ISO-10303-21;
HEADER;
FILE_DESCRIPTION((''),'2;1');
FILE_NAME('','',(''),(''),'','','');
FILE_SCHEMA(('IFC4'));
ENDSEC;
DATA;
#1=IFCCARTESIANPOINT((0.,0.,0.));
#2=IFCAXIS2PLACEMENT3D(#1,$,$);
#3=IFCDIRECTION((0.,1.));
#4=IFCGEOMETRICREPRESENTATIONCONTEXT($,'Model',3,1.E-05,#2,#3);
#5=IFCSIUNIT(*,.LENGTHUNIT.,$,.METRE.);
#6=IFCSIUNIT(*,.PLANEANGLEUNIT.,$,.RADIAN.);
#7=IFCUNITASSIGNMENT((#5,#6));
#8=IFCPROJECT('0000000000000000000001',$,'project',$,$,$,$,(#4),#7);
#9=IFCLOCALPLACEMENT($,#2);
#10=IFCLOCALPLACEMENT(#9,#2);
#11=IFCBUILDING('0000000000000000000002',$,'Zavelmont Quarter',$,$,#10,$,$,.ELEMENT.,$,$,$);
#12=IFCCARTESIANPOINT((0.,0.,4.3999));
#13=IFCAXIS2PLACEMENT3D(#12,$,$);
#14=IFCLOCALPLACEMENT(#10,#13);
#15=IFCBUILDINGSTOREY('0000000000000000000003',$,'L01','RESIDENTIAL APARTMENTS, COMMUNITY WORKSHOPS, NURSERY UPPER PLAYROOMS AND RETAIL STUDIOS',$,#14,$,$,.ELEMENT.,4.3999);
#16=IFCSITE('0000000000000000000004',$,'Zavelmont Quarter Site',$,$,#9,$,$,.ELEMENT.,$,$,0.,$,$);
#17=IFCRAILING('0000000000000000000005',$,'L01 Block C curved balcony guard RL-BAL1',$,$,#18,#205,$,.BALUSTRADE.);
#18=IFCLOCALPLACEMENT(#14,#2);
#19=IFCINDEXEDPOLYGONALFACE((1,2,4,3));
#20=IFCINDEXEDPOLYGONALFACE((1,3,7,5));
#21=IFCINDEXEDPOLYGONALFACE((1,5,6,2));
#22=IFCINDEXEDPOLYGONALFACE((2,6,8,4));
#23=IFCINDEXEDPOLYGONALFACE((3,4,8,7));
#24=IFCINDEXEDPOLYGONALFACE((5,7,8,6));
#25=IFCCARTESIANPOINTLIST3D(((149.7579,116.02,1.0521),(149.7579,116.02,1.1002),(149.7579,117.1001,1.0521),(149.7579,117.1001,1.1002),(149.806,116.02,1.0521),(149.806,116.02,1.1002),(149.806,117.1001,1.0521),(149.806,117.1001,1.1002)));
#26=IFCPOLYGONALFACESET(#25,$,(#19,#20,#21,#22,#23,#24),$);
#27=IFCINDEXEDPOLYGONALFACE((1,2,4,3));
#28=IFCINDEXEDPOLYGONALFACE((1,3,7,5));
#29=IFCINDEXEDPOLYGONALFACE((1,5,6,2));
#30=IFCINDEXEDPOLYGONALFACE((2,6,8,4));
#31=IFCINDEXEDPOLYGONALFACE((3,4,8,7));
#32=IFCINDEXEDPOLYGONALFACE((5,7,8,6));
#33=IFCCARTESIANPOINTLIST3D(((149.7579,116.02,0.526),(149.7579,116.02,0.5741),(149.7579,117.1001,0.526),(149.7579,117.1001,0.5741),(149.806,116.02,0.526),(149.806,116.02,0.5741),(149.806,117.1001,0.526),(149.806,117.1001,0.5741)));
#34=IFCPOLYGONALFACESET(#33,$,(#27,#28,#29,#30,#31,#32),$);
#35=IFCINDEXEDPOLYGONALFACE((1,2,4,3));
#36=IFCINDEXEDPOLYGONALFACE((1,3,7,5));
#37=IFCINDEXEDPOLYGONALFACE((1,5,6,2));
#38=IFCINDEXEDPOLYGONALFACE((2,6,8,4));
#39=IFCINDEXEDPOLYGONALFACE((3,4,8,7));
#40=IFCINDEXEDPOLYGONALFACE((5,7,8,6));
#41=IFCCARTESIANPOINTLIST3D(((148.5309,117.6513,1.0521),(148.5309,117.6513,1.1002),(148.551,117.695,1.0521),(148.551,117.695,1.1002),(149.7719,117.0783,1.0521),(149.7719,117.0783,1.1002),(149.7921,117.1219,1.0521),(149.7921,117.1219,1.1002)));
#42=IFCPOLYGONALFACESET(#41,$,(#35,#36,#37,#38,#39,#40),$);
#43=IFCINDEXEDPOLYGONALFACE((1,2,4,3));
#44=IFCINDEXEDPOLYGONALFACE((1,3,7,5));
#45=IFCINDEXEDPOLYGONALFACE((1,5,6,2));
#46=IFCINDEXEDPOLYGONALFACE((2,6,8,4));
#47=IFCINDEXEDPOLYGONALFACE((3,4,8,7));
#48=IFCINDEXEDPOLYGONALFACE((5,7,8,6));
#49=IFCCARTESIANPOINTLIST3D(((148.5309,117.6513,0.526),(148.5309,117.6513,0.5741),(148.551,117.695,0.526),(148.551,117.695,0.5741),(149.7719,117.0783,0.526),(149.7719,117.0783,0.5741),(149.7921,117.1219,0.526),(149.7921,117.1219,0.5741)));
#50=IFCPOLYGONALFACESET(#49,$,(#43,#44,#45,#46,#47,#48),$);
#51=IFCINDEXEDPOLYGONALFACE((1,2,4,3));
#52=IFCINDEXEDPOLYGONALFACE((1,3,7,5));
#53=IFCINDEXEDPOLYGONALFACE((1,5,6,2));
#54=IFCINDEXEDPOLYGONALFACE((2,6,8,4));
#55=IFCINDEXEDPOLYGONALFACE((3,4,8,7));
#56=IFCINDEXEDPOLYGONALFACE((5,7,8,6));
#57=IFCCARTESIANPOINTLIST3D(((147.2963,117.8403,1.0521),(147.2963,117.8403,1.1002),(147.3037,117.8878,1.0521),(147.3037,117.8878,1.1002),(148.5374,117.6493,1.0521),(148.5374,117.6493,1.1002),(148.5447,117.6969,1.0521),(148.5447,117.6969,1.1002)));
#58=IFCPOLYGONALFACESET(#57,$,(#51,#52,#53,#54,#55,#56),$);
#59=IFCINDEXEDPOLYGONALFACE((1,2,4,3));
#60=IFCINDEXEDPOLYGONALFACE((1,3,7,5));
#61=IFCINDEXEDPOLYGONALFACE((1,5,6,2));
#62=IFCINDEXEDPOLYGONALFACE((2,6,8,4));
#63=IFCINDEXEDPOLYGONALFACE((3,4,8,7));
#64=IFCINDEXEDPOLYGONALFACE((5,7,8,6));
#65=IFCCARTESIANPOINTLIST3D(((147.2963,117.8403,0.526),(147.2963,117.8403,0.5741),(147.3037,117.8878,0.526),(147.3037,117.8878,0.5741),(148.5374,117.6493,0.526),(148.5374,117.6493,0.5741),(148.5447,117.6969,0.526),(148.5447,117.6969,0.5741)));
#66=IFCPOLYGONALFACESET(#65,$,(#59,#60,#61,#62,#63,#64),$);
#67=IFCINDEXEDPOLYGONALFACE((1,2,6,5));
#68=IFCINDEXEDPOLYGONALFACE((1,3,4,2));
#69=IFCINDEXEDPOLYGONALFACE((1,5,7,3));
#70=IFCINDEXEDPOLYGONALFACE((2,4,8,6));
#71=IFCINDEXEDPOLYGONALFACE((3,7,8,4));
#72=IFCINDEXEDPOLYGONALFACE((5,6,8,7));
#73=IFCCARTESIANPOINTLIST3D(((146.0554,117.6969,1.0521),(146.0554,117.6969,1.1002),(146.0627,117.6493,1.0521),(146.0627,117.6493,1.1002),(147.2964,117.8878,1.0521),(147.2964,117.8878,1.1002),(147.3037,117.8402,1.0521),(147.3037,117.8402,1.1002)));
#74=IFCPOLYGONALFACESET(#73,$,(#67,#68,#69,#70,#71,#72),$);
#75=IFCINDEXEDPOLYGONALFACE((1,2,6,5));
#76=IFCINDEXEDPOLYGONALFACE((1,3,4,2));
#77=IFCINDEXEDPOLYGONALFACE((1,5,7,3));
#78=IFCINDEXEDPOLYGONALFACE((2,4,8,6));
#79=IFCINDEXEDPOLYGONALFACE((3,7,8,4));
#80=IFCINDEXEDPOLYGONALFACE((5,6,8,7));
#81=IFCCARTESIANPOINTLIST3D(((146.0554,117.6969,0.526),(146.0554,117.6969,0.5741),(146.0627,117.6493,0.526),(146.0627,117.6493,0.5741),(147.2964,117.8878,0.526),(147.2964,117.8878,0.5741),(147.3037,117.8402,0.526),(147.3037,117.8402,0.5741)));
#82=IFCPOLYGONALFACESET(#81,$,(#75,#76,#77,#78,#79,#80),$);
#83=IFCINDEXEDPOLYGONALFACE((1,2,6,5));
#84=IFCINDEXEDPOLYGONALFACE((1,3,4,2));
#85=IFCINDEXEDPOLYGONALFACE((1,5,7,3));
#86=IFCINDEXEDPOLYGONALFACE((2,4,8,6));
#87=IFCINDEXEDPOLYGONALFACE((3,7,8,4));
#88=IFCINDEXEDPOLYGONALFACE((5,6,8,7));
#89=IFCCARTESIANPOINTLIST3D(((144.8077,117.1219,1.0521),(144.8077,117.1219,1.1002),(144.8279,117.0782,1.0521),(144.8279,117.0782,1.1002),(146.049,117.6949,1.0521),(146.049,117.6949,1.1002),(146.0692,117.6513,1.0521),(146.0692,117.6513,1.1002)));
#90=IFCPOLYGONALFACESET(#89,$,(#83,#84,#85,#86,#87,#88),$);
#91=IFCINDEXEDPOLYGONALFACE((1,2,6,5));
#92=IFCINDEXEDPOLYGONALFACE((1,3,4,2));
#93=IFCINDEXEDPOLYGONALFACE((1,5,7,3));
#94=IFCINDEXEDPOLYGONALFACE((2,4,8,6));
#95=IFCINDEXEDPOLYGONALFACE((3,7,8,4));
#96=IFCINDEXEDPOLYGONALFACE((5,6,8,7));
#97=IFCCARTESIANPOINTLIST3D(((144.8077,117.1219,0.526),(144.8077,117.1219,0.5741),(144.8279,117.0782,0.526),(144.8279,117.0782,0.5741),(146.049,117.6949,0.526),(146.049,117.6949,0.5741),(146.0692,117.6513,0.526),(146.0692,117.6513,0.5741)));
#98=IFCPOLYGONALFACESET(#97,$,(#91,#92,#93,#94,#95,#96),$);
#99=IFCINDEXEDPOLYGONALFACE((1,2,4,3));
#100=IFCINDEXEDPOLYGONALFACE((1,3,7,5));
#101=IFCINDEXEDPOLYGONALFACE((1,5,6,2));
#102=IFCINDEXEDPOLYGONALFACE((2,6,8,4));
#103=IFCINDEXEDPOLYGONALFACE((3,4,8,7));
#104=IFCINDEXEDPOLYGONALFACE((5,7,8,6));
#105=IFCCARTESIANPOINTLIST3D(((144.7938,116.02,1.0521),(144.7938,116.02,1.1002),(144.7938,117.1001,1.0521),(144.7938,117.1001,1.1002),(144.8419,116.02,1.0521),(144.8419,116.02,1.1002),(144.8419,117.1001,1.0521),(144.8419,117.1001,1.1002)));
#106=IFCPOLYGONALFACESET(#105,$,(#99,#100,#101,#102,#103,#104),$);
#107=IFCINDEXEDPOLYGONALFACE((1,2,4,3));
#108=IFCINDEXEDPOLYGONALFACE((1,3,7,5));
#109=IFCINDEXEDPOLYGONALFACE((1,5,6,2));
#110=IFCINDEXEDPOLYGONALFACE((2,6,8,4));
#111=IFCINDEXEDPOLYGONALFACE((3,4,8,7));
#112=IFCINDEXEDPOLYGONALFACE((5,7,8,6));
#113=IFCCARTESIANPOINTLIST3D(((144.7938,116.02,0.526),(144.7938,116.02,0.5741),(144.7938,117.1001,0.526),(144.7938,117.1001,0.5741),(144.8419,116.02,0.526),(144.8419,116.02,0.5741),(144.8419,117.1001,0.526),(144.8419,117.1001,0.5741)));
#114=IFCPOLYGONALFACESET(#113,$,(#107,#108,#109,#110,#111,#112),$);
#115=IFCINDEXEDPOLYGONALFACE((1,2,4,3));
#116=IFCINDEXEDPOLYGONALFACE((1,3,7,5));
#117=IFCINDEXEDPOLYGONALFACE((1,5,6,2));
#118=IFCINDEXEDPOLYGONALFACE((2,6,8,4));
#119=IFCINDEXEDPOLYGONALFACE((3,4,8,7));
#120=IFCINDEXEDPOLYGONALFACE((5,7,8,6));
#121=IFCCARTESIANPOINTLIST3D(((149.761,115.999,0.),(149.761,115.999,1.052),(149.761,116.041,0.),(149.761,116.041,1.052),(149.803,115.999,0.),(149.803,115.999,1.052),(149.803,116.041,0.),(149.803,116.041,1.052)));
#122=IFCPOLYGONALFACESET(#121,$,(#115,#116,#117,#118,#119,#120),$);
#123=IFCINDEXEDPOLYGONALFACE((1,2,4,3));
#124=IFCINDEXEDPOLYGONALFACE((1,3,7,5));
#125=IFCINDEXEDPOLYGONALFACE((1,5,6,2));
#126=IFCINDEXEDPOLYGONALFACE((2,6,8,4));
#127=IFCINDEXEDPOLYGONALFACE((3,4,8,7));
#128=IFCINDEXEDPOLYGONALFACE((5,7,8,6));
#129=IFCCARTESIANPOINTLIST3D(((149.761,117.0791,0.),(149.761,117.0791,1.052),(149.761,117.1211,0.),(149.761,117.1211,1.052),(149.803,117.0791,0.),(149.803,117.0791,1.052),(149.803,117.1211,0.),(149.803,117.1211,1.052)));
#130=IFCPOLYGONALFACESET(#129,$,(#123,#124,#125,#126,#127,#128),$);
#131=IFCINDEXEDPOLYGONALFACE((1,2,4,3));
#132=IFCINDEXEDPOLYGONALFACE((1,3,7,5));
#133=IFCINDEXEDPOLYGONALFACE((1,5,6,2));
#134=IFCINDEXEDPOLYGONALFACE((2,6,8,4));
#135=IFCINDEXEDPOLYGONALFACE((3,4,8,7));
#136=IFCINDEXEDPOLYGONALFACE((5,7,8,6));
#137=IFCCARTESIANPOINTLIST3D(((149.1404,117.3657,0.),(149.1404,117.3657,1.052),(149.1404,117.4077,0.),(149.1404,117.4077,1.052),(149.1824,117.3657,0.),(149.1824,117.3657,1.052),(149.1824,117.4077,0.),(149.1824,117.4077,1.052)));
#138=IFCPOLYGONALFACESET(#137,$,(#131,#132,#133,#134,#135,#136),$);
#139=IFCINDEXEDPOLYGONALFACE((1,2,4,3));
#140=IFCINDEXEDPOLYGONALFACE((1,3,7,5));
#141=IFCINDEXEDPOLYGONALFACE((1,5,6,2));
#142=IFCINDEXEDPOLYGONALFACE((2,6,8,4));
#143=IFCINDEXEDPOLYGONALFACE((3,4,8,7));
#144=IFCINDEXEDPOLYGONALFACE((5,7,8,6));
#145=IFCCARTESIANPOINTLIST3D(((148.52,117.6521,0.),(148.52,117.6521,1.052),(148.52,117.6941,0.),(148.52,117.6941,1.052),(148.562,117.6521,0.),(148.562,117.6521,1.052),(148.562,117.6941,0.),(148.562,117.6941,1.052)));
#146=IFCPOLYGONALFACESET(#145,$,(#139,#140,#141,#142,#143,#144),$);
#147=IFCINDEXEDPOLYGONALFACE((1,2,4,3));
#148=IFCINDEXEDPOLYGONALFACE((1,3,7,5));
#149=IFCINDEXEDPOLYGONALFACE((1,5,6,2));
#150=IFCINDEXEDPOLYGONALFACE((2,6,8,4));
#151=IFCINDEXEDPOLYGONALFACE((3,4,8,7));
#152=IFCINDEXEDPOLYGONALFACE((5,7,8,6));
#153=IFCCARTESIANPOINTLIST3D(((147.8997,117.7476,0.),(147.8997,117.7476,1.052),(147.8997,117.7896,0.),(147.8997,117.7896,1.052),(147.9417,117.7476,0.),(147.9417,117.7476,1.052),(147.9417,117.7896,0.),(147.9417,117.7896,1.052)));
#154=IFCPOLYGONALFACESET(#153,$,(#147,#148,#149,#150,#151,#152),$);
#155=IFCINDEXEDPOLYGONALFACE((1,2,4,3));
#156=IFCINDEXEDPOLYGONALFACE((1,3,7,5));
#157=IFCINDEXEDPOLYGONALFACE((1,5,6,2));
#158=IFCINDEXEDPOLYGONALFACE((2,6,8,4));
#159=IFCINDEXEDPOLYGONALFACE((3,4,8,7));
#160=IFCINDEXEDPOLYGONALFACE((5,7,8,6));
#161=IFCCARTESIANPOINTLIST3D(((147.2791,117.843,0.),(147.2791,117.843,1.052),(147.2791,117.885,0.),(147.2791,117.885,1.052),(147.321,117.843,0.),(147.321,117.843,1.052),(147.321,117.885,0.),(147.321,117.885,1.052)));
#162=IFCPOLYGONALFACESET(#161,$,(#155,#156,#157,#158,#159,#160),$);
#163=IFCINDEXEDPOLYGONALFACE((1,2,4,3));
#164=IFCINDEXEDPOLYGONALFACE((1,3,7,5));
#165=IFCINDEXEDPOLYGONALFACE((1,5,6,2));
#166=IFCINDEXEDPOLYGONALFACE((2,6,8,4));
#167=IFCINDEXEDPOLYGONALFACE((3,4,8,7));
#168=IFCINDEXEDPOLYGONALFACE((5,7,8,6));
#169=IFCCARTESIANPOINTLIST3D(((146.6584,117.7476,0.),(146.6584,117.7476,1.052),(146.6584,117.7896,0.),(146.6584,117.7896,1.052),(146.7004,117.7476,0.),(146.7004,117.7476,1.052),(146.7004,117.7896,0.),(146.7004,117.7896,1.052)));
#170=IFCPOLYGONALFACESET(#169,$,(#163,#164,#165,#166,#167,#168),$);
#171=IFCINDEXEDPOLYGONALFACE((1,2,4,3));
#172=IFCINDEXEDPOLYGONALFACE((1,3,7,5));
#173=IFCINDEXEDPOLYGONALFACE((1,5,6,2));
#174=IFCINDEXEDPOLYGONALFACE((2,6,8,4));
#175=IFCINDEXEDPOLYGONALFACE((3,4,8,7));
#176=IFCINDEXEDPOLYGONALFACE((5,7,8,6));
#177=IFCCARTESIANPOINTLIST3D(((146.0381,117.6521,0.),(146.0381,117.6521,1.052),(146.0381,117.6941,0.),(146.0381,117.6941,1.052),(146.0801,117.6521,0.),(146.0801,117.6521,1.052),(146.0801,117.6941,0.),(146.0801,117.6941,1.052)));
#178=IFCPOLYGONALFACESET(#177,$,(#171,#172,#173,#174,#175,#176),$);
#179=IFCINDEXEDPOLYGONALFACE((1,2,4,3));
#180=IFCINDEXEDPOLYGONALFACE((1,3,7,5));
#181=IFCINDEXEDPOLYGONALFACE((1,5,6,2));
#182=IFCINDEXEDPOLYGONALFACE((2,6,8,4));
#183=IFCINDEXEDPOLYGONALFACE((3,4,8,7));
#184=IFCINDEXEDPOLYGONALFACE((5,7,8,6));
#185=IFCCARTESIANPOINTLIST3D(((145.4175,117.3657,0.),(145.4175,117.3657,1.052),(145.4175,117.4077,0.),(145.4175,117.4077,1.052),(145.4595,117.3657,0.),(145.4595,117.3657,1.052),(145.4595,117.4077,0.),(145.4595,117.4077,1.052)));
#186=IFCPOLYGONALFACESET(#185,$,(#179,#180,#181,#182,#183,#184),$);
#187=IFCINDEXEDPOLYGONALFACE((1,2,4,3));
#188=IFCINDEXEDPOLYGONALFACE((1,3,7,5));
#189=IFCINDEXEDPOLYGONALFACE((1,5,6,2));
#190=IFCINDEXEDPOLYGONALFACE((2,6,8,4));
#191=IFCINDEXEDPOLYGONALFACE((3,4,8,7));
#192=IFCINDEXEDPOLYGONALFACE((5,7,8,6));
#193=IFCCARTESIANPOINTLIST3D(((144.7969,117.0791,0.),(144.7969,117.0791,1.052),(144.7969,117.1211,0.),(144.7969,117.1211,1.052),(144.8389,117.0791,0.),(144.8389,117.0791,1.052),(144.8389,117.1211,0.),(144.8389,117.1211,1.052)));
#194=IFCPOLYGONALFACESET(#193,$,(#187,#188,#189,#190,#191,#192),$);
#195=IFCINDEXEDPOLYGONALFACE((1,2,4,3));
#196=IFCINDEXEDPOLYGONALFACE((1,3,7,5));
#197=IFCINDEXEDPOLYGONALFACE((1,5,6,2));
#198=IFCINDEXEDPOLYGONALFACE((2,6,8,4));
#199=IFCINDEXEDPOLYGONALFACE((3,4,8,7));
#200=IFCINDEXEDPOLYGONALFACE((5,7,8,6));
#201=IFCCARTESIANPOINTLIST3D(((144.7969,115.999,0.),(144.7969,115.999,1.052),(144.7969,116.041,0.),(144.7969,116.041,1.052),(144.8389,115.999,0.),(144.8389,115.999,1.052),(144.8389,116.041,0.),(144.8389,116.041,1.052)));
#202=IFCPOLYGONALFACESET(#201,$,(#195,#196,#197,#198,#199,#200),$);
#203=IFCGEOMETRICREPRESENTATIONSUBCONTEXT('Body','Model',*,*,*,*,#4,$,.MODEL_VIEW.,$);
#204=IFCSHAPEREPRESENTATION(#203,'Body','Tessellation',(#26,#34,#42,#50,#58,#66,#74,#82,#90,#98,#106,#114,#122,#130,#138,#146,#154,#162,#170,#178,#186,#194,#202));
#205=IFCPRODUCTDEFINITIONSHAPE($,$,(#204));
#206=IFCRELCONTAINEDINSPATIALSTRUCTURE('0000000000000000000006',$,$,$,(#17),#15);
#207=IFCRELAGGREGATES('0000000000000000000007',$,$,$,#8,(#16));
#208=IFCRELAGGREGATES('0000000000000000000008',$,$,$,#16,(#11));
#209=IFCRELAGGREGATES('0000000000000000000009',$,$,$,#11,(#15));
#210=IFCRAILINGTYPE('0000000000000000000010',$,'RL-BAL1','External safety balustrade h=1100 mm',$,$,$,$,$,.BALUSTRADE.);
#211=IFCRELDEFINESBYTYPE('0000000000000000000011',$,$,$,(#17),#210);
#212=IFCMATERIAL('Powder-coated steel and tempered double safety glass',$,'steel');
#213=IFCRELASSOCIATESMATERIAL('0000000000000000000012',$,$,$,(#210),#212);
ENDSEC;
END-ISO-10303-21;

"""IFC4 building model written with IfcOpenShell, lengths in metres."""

from ifc_helpers import new_model, si_unit, direction, frame, origin, origin_2d, place, context, subcontext, project, spatial, rectangle, extrude, material, type_object, element, save


model = new_model("IFC4")

# Units and contexts
model_context = context("Model", 3, precision=1e-05, world=origin(), true_north=direction((0.0, 1.0)))
body_context = subcontext(model_context, "Body", "Model", "MODEL_VIEW")
ifc_project = project(units=[si_unit("LENGTHUNIT", "METRE"), si_unit("PLANEANGLEUNIT", "RADIAN")], contexts=[model_context])

# Site, building, storey
site_placement = place(None, origin())
site = spatial("IfcSite", under=ifc_project, at=site_placement, Name="Zavelmont Quarter Site", CompositionType="ELEMENT", RefElevation=0.0)
building_placement = place(site_placement, origin())
building = spatial("IfcBuilding", under=site, at=building_placement, Name="Zavelmont Quarter", CompositionType="ELEMENT")
storey_placement = place(building_placement, frame((0.0, 0.0, 4.3999)))
storey = spatial("IfcBuildingStorey", under=building, at=storey_placement, Name="L01", Description="RESIDENTIAL APARTMENTS, COMMUNITY WORKSHOPS, NURSERY UPPER PLAYROOMS AND RETAIL STUDIOS", CompositionType="ELEMENT", Elevation=4.3999)

# Railing
ifc_material_1 = material(Name="Powder-coated steel and tempered double safety glass", Category="steel")
railing_type = type_object("IfcRailingType", Name="RL-BAL1", Description="External safety balustrade h=1100 mm", PredefinedType="BALUSTRADE", material=ifc_material_1)
railing_placement = place(storey_placement, frame((149.782, 116.02, 0.0)))
element("IfcRailing", 1, at=railing_placement, inside=storey, type_object=railing_type, Name="L01 Block C curved balcony guard RL-BAL1", PredefinedType="BALUSTRADE", context=body_context, shape_type="SweptSolid", body=[
    extrude(rectangle(XDim=0.0481, YDim=0.0481, at=origin_2d()), frame((0.0, 0.0, 1.0762), z_axis=(0.0, 1.0, 0.0), x_axis=(-1.0, 0.0, 0.0)), (0.0, 0.0, 1.0), 1.0801),
    extrude(rectangle(XDim=0.0481, YDim=0.0481, at=origin_2d()), frame((0.0, 0.0, 0.55), z_axis=(0.0, 1.0, 0.0), x_axis=(-1.0, 0.0, 0.0)), (0.0, 0.0, 1.0), 1.0801),
    extrude(rectangle(XDim=0.0481, YDim=0.0481, at=origin_2d()), frame((0.0, 1.0801, 1.0762), z_axis=(-0.907891, 0.419205, 0.0), x_axis=(-0.419205, -0.907891, 0.0)), (0.0, 0.0, 1.0), 1.3669),
    extrude(rectangle(XDim=0.0481, YDim=0.0481, at=origin_2d()), frame((0.0, 1.0801, 0.55), z_axis=(-0.907891, 0.419205, 0.0), x_axis=(-0.419205, -0.907891, 0.0)), (0.0, 0.0, 1.0), 1.3669),
    extrude(rectangle(XDim=0.0481, YDim=0.0481, at=origin_2d()), frame((-1.241, 1.6531, 1.0762), z_axis=(-0.988372, 0.152057, 0.0), x_axis=(-0.152057, -0.988372, 0.0)), (0.0, 0.0, 1.0), 1.2556),
    extrude(rectangle(XDim=0.0481, YDim=0.0481, at=origin_2d()), frame((-1.241, 1.6531, 0.55), z_axis=(-0.988372, 0.152057, 0.0), x_axis=(-0.152057, -0.988372, 0.0)), (0.0, 0.0, 1.0), 1.2556),
    extrude(rectangle(XDim=0.0481, YDim=0.0481, at=origin_2d()), frame((-2.4819, 1.844, 1.0762), z_axis=(-0.988372, -0.152057, 0.0), x_axis=(0.152057, -0.988372, 0.0)), (0.0, 0.0, 1.0), 1.2556),
    extrude(rectangle(XDim=0.0481, YDim=0.0481, at=origin_2d()), frame((-2.4819, 1.844, 0.55), z_axis=(-0.988372, -0.152057, 0.0), x_axis=(0.152057, -0.988372, 0.0)), (0.0, 0.0, 1.0), 1.2556),
    extrude(rectangle(XDim=0.0481, YDim=0.0481, at=origin_2d()), frame((-3.7229, 1.6531, 1.0762), z_axis=(-0.907923, -0.419137, 0.0), x_axis=(0.419137, -0.907923, 0.0)), (0.0, 0.0, 1.0), 1.3672),
    extrude(rectangle(XDim=0.0481, YDim=0.0481, at=origin_2d()), frame((-3.7229, 1.6531, 0.55), z_axis=(-0.907923, -0.419137, 0.0), x_axis=(0.419137, -0.907923, 0.0)), (0.0, 0.0, 1.0), 1.3672),
    extrude(rectangle(XDim=0.0481, YDim=0.0481, at=origin_2d()), frame((-4.9641, 1.0801, 1.0762), z_axis=(0.0, -1.0, 0.0), x_axis=(1.0, 0.0, 0.0)), (0.0, 0.0, 1.0), 1.0801),
    extrude(rectangle(XDim=0.0481, YDim=0.0481, at=origin_2d()), frame((-4.9641, 1.0801, 0.55), z_axis=(0.0, -1.0, 0.0), x_axis=(1.0, 0.0, 0.0)), (0.0, 0.0, 1.0), 1.0801),
    extrude(rectangle(XDim=0.042, YDim=0.042, at=origin_2d()), origin(), (0.0, 0.0, 1.0), 1.052),
    extrude(rectangle(XDim=0.042, YDim=0.042, at=origin_2d()), frame((0.0, 1.0801, 0.0)), (0.0, 0.0, 1.0), 1.052),
    extrude(rectangle(XDim=0.042, YDim=0.042, at=origin_2d()), frame((-0.6206, 1.3667, 0.0)), (0.0, 0.0, 1.0), 1.052),
    extrude(rectangle(XDim=0.042, YDim=0.042, at=origin_2d()), frame((-1.241, 1.6531, 0.0)), (0.0, 0.0, 1.0), 1.052),
    extrude(rectangle(XDim=0.042, YDim=0.042, at=origin_2d()), frame((-1.8613, 1.7485, 0.0)), (0.0, 0.0, 1.0), 1.052),
    extrude(rectangle(XDim=0.042, YDim=0.042, at=origin_2d()), frame((-2.4819, 1.844, 0.0)), (0.0, 0.0, 1.0), 1.052),
    extrude(rectangle(XDim=0.042, YDim=0.042, at=origin_2d()), frame((-3.1025, 1.7485, 0.0)), (0.0, 0.0, 1.0), 1.052),
    extrude(rectangle(XDim=0.042, YDim=0.042, at=origin_2d()), frame((-3.7229, 1.6531, 0.0)), (0.0, 0.0, 1.0), 1.052),
    extrude(rectangle(XDim=0.042, YDim=0.042, at=origin_2d()), frame((-4.3435, 1.3667, 0.0)), (0.0, 0.0, 1.0), 1.052),
    extrude(rectangle(XDim=0.042, YDim=0.042, at=origin_2d()), frame((-4.9641, 1.0801, 0.0)), (0.0, 0.0, 1.0), 1.052),
    extrude(rectangle(XDim=0.042, YDim=0.042, at=origin_2d()), frame((-4.9641, 0.0, 0.0)), (0.0, 0.0, 1.0), 1.052),
])

save(model, "model.ifc")
